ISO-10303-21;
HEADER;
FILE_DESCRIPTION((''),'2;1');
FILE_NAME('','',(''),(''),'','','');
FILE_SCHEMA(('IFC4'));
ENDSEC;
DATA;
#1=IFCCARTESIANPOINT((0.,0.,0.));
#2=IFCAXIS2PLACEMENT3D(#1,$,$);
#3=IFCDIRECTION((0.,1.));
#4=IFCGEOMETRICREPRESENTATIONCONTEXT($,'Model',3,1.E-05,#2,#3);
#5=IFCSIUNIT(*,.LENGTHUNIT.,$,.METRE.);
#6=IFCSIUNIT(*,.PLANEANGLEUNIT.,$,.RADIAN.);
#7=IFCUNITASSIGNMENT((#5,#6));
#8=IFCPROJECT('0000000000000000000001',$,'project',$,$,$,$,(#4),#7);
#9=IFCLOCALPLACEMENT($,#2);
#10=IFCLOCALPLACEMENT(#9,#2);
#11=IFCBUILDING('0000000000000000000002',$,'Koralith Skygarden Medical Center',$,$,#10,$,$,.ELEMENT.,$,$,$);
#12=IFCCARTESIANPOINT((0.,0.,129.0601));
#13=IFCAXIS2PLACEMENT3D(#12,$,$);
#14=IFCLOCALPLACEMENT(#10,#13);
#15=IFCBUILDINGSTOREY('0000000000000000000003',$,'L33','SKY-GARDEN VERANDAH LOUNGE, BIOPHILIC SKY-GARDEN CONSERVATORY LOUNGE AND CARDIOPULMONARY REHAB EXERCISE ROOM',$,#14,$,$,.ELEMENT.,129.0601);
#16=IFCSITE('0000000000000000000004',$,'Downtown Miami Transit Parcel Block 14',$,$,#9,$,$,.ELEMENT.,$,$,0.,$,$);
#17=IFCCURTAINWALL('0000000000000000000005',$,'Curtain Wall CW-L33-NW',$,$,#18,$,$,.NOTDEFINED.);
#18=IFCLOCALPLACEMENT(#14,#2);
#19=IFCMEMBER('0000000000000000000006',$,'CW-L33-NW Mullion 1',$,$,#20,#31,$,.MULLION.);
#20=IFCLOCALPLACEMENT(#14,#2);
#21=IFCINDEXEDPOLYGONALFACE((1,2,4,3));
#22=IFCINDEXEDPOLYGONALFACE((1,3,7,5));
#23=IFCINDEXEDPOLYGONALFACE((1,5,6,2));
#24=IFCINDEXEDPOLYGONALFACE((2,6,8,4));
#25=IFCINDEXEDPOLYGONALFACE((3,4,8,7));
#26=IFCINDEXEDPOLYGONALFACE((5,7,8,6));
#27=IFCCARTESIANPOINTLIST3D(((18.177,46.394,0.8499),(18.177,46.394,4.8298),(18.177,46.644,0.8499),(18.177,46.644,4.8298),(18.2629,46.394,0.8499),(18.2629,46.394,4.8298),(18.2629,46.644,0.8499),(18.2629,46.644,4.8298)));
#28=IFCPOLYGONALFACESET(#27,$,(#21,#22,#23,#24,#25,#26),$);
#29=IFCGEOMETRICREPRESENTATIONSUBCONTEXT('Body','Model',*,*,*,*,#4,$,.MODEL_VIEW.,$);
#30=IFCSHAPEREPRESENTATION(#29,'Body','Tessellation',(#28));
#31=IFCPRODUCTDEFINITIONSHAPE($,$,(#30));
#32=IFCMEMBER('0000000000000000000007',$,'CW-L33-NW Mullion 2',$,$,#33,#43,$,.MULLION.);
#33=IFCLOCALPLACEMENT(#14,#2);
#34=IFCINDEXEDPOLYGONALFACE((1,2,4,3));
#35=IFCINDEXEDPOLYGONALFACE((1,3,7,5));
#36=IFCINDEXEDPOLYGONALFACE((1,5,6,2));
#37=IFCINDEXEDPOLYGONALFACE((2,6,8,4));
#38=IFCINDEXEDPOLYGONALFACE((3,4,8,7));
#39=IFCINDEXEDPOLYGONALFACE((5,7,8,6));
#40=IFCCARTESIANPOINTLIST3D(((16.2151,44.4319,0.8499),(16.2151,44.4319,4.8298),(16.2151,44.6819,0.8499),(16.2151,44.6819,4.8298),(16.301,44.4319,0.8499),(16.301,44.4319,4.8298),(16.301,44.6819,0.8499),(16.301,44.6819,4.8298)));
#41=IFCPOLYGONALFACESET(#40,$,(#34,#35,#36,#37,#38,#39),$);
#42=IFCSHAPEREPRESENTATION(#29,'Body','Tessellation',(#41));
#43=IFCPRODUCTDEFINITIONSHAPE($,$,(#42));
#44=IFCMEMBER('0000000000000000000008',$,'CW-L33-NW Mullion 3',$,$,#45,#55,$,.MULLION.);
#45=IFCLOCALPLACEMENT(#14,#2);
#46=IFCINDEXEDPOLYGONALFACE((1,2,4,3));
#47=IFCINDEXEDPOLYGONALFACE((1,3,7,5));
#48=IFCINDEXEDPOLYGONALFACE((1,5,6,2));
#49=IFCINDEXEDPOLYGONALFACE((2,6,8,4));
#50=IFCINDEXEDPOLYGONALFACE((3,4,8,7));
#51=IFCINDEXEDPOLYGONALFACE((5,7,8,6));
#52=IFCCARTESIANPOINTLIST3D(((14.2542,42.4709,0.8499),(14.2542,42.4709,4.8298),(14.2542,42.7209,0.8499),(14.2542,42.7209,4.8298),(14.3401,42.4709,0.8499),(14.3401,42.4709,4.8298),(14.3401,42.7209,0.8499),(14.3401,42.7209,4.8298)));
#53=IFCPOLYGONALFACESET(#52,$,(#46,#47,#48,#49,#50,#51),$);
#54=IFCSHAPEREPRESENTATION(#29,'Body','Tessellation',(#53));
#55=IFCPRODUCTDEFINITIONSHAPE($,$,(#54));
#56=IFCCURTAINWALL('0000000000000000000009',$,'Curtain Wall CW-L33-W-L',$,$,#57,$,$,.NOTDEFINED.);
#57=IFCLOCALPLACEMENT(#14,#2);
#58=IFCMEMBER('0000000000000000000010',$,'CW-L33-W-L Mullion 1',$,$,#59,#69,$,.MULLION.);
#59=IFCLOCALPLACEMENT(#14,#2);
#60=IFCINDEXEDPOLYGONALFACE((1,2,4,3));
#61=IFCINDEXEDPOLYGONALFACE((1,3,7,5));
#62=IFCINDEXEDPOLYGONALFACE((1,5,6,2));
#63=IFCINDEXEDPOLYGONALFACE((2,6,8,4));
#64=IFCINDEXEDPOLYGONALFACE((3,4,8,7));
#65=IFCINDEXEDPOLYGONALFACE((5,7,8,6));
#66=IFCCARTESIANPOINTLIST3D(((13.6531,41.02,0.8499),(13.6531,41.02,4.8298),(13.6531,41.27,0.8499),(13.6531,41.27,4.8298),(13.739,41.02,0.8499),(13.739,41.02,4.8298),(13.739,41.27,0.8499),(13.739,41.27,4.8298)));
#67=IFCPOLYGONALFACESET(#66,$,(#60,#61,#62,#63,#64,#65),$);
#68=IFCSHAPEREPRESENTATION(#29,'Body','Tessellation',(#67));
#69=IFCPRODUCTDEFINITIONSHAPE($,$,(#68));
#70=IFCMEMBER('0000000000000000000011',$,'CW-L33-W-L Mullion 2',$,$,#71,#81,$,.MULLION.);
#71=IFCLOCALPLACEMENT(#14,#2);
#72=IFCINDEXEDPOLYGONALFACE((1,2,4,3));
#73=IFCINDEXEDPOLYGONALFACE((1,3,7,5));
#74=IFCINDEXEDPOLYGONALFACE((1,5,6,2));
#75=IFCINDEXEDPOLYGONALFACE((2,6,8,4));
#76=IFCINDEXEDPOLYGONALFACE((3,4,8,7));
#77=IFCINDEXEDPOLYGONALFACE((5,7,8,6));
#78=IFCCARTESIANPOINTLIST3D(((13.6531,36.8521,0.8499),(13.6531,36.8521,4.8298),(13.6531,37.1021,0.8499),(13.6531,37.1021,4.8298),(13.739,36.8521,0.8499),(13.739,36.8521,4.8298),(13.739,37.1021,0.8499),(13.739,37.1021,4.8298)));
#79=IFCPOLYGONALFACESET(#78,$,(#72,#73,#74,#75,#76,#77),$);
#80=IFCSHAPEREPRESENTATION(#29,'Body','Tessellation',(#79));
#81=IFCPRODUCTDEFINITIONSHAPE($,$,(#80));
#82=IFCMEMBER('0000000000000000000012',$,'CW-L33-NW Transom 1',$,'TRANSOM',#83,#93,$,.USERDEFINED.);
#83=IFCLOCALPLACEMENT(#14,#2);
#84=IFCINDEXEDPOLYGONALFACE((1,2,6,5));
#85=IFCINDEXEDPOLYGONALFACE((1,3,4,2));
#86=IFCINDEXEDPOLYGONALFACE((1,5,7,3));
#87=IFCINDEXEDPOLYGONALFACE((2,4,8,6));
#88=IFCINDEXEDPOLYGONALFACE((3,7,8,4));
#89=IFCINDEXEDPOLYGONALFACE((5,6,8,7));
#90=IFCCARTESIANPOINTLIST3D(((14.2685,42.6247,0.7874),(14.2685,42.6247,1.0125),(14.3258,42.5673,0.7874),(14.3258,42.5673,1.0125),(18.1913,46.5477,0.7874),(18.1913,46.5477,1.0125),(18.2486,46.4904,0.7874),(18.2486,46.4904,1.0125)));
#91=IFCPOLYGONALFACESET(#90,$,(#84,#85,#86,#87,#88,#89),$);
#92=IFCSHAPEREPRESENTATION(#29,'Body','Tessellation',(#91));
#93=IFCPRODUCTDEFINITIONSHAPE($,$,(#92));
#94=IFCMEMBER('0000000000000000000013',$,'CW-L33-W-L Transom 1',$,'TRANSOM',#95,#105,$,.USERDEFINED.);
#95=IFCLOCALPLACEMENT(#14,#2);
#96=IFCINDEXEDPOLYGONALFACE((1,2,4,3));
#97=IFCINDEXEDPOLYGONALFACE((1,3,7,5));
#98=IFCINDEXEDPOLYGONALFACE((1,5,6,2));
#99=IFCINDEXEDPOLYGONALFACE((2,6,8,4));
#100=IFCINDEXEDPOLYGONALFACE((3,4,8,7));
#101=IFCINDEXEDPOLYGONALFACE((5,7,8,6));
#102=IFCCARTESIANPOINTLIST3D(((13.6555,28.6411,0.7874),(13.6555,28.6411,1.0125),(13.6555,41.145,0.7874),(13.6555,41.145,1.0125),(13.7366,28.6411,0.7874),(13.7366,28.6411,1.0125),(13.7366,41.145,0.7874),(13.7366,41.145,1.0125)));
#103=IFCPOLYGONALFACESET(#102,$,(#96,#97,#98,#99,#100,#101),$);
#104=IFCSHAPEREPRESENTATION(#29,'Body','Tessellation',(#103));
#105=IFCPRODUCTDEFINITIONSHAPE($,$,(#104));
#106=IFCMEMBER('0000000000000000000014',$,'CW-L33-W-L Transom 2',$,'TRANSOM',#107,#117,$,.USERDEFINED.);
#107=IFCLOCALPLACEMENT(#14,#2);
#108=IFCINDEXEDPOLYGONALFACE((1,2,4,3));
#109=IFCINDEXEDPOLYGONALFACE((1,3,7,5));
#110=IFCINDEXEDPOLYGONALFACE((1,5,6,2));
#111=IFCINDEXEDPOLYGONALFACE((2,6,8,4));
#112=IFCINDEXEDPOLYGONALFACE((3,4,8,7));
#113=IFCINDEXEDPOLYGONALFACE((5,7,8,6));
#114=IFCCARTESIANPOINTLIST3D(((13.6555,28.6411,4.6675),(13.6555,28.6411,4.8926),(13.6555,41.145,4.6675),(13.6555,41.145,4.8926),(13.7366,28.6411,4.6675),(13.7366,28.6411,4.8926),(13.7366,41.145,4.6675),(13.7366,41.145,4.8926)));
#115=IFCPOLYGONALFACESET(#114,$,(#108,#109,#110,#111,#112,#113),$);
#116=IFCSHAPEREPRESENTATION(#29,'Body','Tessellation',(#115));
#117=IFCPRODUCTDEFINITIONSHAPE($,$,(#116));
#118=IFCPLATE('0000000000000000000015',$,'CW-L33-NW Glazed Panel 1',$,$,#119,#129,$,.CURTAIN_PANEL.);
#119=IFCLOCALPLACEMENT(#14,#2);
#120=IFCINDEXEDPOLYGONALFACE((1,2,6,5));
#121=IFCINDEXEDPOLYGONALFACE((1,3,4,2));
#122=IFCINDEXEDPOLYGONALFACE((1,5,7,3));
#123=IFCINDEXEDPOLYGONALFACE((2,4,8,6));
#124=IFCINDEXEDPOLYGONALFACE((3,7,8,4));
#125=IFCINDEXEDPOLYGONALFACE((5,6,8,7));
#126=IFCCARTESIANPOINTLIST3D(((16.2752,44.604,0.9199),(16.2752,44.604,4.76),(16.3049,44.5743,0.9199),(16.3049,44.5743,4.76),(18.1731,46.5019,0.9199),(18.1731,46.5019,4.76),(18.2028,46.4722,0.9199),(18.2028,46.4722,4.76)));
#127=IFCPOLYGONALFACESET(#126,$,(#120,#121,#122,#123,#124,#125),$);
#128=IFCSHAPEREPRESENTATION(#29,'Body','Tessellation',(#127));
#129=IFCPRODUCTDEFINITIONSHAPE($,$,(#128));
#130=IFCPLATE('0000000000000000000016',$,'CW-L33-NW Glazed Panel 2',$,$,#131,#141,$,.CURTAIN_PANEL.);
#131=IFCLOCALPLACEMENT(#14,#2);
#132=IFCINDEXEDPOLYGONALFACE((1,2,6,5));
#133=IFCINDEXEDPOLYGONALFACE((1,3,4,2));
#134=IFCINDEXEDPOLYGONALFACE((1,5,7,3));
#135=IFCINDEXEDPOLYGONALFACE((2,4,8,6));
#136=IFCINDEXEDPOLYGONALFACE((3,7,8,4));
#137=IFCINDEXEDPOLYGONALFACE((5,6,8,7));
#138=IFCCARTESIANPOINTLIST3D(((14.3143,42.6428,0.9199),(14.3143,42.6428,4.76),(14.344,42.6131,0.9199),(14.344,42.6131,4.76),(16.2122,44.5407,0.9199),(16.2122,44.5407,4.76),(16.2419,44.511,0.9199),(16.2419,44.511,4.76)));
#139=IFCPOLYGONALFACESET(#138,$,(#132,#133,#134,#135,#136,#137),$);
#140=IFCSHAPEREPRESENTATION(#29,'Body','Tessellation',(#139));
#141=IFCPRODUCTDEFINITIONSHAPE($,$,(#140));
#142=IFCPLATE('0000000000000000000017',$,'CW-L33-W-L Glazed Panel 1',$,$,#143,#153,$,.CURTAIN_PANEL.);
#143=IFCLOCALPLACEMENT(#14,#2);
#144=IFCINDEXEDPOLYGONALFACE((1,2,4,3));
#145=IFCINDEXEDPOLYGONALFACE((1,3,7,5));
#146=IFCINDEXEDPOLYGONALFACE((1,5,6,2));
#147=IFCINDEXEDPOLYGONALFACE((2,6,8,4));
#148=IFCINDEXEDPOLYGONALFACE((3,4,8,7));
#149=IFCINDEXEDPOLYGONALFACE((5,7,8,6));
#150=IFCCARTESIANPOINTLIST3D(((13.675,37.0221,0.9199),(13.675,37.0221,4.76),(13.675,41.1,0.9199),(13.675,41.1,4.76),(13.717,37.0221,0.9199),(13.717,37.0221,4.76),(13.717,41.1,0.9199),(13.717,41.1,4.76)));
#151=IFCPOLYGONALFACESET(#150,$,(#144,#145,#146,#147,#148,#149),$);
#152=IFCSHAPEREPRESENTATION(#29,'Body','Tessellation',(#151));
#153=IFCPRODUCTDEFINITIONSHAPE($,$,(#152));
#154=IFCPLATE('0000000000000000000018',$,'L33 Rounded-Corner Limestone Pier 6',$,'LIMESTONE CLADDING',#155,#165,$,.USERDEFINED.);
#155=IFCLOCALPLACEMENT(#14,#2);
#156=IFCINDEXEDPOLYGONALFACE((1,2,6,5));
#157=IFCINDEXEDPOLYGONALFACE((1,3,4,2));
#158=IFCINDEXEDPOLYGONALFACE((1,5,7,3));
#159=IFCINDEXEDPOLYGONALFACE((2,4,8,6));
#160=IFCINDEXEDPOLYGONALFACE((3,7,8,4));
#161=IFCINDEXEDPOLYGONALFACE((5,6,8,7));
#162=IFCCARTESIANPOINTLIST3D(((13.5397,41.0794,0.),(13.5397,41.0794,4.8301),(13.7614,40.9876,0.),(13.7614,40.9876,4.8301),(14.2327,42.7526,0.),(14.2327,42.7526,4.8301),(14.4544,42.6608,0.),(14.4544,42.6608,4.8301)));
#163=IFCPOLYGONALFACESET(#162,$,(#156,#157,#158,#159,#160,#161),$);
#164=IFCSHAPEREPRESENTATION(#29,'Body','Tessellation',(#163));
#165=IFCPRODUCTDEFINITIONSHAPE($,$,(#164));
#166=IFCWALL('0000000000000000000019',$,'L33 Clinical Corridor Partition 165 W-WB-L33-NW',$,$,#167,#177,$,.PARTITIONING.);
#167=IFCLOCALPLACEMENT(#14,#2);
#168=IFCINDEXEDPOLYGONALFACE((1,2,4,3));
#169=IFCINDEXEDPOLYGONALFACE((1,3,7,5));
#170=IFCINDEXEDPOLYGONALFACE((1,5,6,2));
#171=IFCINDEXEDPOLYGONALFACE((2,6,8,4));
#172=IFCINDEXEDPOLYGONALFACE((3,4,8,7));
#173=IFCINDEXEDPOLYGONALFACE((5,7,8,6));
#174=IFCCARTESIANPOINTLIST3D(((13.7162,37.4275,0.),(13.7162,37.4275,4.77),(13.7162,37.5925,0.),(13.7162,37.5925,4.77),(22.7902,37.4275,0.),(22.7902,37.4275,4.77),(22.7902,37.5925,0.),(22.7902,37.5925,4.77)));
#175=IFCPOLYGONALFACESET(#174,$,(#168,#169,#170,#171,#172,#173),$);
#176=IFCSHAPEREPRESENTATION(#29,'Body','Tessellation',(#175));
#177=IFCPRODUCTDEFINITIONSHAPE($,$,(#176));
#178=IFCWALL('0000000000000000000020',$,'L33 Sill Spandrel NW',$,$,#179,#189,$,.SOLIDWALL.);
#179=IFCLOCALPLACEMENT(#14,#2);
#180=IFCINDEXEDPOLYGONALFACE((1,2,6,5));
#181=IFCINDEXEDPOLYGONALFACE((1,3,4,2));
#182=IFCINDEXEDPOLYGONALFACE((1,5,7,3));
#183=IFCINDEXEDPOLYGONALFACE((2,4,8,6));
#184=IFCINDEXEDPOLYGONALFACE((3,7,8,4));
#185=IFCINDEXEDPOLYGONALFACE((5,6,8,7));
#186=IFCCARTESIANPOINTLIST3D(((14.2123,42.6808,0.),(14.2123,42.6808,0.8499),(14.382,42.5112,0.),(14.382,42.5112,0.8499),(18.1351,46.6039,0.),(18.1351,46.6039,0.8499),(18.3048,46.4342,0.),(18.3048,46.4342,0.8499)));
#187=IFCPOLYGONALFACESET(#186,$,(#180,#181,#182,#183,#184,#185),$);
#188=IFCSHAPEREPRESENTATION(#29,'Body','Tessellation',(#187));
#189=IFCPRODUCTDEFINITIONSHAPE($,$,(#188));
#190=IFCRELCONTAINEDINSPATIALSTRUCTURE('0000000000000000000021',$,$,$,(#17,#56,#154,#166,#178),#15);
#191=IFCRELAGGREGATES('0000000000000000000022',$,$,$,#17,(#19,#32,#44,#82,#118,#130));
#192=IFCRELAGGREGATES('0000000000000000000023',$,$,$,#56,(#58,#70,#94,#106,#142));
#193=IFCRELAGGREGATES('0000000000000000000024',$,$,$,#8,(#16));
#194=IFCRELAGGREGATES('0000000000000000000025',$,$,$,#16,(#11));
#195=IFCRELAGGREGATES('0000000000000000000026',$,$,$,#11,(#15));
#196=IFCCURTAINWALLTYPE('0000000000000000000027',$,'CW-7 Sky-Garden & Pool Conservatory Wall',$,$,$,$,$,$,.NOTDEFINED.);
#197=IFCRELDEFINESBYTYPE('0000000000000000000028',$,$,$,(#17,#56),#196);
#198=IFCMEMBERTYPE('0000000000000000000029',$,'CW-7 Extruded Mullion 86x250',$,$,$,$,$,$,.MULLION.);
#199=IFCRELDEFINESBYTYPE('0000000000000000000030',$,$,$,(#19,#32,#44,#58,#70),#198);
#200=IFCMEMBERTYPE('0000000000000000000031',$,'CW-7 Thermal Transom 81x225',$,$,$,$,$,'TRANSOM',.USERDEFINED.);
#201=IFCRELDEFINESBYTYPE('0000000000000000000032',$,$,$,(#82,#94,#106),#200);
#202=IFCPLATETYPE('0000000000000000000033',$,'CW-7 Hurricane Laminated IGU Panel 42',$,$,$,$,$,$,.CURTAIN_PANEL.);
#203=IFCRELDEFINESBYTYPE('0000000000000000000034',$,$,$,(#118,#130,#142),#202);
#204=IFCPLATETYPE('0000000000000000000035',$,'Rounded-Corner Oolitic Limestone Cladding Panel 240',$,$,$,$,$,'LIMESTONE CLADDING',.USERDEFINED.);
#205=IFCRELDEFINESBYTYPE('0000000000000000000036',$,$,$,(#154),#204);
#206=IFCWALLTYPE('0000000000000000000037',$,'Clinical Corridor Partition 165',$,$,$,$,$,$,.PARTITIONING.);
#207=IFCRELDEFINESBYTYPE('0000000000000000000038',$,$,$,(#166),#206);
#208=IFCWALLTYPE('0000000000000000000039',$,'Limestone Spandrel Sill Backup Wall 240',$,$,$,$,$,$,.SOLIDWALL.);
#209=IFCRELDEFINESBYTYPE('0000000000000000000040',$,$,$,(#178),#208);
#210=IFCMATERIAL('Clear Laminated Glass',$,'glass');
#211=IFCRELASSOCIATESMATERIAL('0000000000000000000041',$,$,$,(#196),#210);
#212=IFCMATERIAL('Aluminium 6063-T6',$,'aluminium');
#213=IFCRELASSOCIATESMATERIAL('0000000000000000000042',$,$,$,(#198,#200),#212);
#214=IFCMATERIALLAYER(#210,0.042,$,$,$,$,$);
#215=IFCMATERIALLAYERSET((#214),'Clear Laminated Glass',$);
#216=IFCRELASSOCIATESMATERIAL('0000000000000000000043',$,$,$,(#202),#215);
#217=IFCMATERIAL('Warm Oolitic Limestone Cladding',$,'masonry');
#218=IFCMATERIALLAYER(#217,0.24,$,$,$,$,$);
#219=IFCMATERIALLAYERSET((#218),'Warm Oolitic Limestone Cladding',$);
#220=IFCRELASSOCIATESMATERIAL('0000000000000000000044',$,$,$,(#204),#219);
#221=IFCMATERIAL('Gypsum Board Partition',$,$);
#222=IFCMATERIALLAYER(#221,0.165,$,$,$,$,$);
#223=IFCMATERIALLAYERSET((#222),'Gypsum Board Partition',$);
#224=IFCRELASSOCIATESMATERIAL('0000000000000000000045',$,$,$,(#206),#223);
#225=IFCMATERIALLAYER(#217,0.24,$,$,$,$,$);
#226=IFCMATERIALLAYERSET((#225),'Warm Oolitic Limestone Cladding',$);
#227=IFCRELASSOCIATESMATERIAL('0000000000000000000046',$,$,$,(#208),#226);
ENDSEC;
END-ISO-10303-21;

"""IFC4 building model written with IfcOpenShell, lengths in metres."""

from ifc_helpers import new_model, si_unit, direction, frame, frame_2d, origin, origin_2d, place, context, subcontext, project, spatial, rectangle, extrude, material, layer, layer_set, material_profile, profile_set, type_object, element, aggregate, save


model = new_model("IFC4")

# Units and contexts
model_context = context("Model", 3, precision=1e-05, world=origin(), true_north=direction((0.0, 1.0)))
body_context = subcontext(model_context, "Body", "Model", "MODEL_VIEW")
ifc_project = project(units=[si_unit("LENGTHUNIT", "METRE"), si_unit("PLANEANGLEUNIT", "RADIAN")], contexts=[model_context])

# Site, building, storey
site_placement = place(None, origin())
site = spatial("IfcSite", under=ifc_project, at=site_placement, Name="Downtown Miami Transit Parcel Block 14", CompositionType="ELEMENT", RefElevation=0.0)
building_placement = place(site_placement, origin())
building = spatial("IfcBuilding", under=site, at=building_placement, Name="Koralith Skygarden Medical Center", CompositionType="ELEMENT")
storey_placement = place(building_placement, frame((0.0, 0.0, 129.0601)))
storey = spatial("IfcBuildingStorey", under=building, at=storey_placement, Name="L33", Description="SKY-GARDEN VERANDAH LOUNGE, BIOPHILIC SKY-GARDEN CONSERVATORY LOUNGE AND CARDIOPULMONARY REHAB EXERCISE ROOM", CompositionType="ELEMENT", Elevation=129.0601)

# Curtain walls, members
ifc_material_1 = material(Name="Clear Laminated Glass", Category="glass")
curtain_wall_type = type_object("IfcCurtainWallType", Name="CW-7 Sky-Garden & Pool Conservatory Wall", PredefinedType="NOTDEFINED", material=ifc_material_1)
curtain_wall_1_placement = place(storey_placement, origin())
curtain_wall_1 = element("IfcCurtainWall", 1, at=curtain_wall_1_placement, inside=storey, type_object=curtain_wall_type, Name="Curtain Wall CW-L33-NW", PredefinedType="NOTDEFINED")
ifc_material_2 = material(Name="Aluminium 6063-T6", Category="aluminium")
ifc_material_profile_1 = material_profile(ifc_material_2, rectangle(XDim=0.0859, YDim=0.25, at=origin_2d()), Name="MUL86X250")
ifc_profile_set_1 = profile_set([ifc_material_profile_1], Name="Aluminium 6063-T6")
member_type_1 = type_object("IfcMemberType", Name="CW-7 Extruded Mullion 86x250", PredefinedType="MULLION", material=ifc_profile_set_1)
member_1_placement = place(storey_placement, frame((18.22, 46.519, 0.8499), z_axis=(0.0, 0.0, 1.0), x_axis=(1.0, 0.0, 0.0)))
member_1 = element("IfcMember", 2, at=member_1_placement, type_object=member_type_1, Name="CW-L33-NW Mullion 1", PredefinedType="MULLION", context=body_context, shape_type="SweptSolid", body=[
    extrude(rectangle(XDim=0.0859, YDim=0.25, at=origin_2d()), origin(), (0.0, 0.0, 1.0), 3.98),
])
member_2_placement = place(storey_placement, frame((16.2581, 44.5569, 0.8499), z_axis=(0.0, 0.0, 1.0), x_axis=(1.0, 0.0, 0.0)))
member_2 = element("IfcMember", 3, at=member_2_placement, type_object=member_type_1, Name="CW-L33-NW Mullion 2", PredefinedType="MULLION", context=body_context, shape_type="SweptSolid", body=[
    extrude(rectangle(XDim=0.0859, YDim=0.25, at=origin_2d()), origin(), (0.0, 0.0, 1.0), 3.98),
])
member_3_placement = place(storey_placement, frame((14.2971, 42.5959, 0.8499), z_axis=(0.0, 0.0, 1.0), x_axis=(1.0, 0.0, 0.0)))
member_3 = element("IfcMember", 4, at=member_3_placement, type_object=member_type_1, Name="CW-L33-NW Mullion 3", PredefinedType="MULLION", context=body_context, shape_type="SweptSolid", body=[
    extrude(rectangle(XDim=0.0859, YDim=0.25, at=origin_2d()), origin(), (0.0, 0.0, 1.0), 3.98),
])
curtain_wall_2_placement = place(storey_placement, origin())
curtain_wall_2 = element("IfcCurtainWall", 5, at=curtain_wall_2_placement, inside=storey, type_object=curtain_wall_type, Name="Curtain Wall CW-L33-W-L", PredefinedType="NOTDEFINED")
member_4_placement = place(storey_placement, frame((13.696, 41.145, 0.8499), z_axis=(0.0, 0.0, 1.0), x_axis=(1.0, 0.0, 0.0)))
member_4 = element("IfcMember", 6, at=member_4_placement, type_object=member_type_1, Name="CW-L33-W-L Mullion 1", PredefinedType="MULLION", context=body_context, shape_type="SweptSolid", body=[
    extrude(rectangle(XDim=0.0859, YDim=0.25, at=origin_2d()), origin(), (0.0, 0.0, 1.0), 3.98),
])
member_5_placement = place(storey_placement, frame((13.696, 36.9771, 0.8499), z_axis=(0.0, 0.0, 1.0), x_axis=(1.0, 0.0, 0.0)))
member_5 = element("IfcMember", 7, at=member_5_placement, type_object=member_type_1, Name="CW-L33-W-L Mullion 2", PredefinedType="MULLION", context=body_context, shape_type="SweptSolid", body=[
    extrude(rectangle(XDim=0.0859, YDim=0.25, at=origin_2d()), origin(), (0.0, 0.0, 1.0), 3.98),
])

# Members
ifc_material_profile_2 = material_profile(ifc_material_2, rectangle(XDim=0.0811, YDim=0.2251, at=origin_2d()), Name="TRN81X225")
ifc_profile_set_2 = profile_set([ifc_material_profile_2], Name="Aluminium 6063-T6")
member_type_2 = type_object("IfcMemberType", Name="CW-7 Thermal Transom 81x225", ElementType="TRANSOM", PredefinedType="USERDEFINED", material=ifc_profile_set_2)
member_6_placement = place(storey_placement, frame((18.22, 46.519, 0.8999), z_axis=(-0.707085, -0.707129, 0.0), x_axis=(0.707129, -0.707085, 0.0)))
member_6 = element("IfcMember", 8, at=member_6_placement, type_object=member_type_2, Name="CW-L33-NW Transom 1", ObjectType="TRANSOM", PredefinedType="USERDEFINED", context=body_context, shape_type="SweptSolid", body=[
    extrude(rectangle(XDim=0.0811, YDim=0.2251, at=origin_2d()), origin(), (0.0, 0.0, 1.0), 5.5479),
])
member_7_placement = place(storey_placement, frame((13.696, 41.145, 0.8999), z_axis=(0.0, -1.0, 0.0), x_axis=(1.0, 0.0, 0.0)))
member_7 = element("IfcMember", 9, at=member_7_placement, type_object=member_type_2, Name="CW-L33-W-L Transom 1", ObjectType="TRANSOM", PredefinedType="USERDEFINED", context=body_context, shape_type="SweptSolid", body=[
    extrude(rectangle(XDim=0.0811, YDim=0.2251, at=origin_2d()), origin(), (0.0, 0.0, 1.0), 12.5039),
])
member_8_placement = place(storey_placement, frame((13.696, 41.145, 4.78), z_axis=(0.0, -1.0, 0.0), x_axis=(1.0, 0.0, 0.0)))
member_8 = element("IfcMember", 10, at=member_8_placement, type_object=member_type_2, Name="CW-L33-W-L Transom 2", ObjectType="TRANSOM", PredefinedType="USERDEFINED", context=body_context, shape_type="SweptSolid", body=[
    extrude(rectangle(XDim=0.0811, YDim=0.2251, at=origin_2d()), origin(), (0.0, 0.0, 1.0), 12.5039),
])

# Plates
ifc_layer_1 = layer(ifc_material_1, 0.042)
ifc_layer_set_1 = layer_set([ifc_layer_1], Name="Clear Laminated Glass")
plate_type_1 = type_object("IfcPlateType", Name="CW-7 Hurricane Laminated IGU Panel 42", PredefinedType="CURTAIN_PANEL", material=ifc_layer_set_1)
plate_1_placement = place(storey_placement, frame((17.239, 45.5381, 0.9199), z_axis=(0.0, 0.0, 1.0), x_axis=(-0.707107, -0.707107, 0.0)))
plate_1 = element("IfcPlate", 11, at=plate_1_placement, type_object=plate_type_1, Name="CW-L33-NW Glazed Panel 1", PredefinedType="CURTAIN_PANEL", context=body_context, shape_type="SweptSolid", body=[
    extrude(rectangle(XDim=2.6841, YDim=0.042, at=origin_2d()), origin(), (0.0, 0.0, 1.0), 3.8401),
])
plate_2_placement = place(storey_placement, frame((15.2781, 43.5769, 0.9199), z_axis=(0.0, 0.0, 1.0), x_axis=(-0.707107, -0.707107, 0.0)))
plate_2 = element("IfcPlate", 12, at=plate_2_placement, type_object=plate_type_1, Name="CW-L33-NW Glazed Panel 2", PredefinedType="CURTAIN_PANEL", context=body_context, shape_type="SweptSolid", body=[
    extrude(rectangle(XDim=2.6841, YDim=0.042, at=origin_2d()), origin(), (0.0, 0.0, 1.0), 3.8401),
])
aggregate(curtain_wall_1, [member_1, member_2, member_3, member_6, plate_1, plate_2])
plate_3_placement = place(storey_placement, frame((13.696, 39.061, 0.9199), z_axis=(0.0, 0.0, 1.0), x_axis=(0.0, -1.0, 0.0)))
plate_3 = element("IfcPlate", 13, at=plate_3_placement, type_object=plate_type_1, Name="CW-L33-W-L Glazed Panel 1", PredefinedType="CURTAIN_PANEL", context=body_context, shape_type="SweptSolid", body=[
    extrude(rectangle(XDim=4.0779, YDim=0.042, at=origin_2d()), origin(), (0.0, 0.0, 1.0), 3.8401),
])
aggregate(curtain_wall_2, [member_4, member_5, member_7, member_8, plate_3])
ifc_material_3 = material(Name="Warm Oolitic Limestone Cladding", Category="masonry")
ifc_layer_2 = layer(ifc_material_3, 0.24)
ifc_layer_set_2 = layer_set([ifc_layer_2], Name="Warm Oolitic Limestone Cladding")
plate_type_2 = type_object("IfcPlateType", Name="Rounded-Corner Oolitic Limestone Cladding Panel 240", ElementType="LIMESTONE CLADDING", PredefinedType="USERDEFINED", material=ifc_layer_set_2)
plate_4_placement = place(storey_placement, frame((13.9971, 41.8701, 0.0), z_axis=(0.0, 0.0, 1.0), x_axis=(-0.382671, -0.923885, 0.0)))
element("IfcPlate", 14, at=plate_4_placement, inside=storey, type_object=plate_type_2, Name="L33 Rounded-Corner Limestone Pier 6", ObjectType="LIMESTONE CLADDING", PredefinedType="USERDEFINED", context=body_context, shape_type="SweptSolid", body=[
    extrude(rectangle(XDim=1.811, YDim=0.24, at=origin_2d()), origin(), (0.0, 0.0, 1.0), 4.8301),
])

# Walls
ifc_material_4 = material(Name="Gypsum Board Partition")
ifc_layer_3 = layer(ifc_material_4, 0.165)
ifc_layer_set_3 = layer_set([ifc_layer_3], Name="Gypsum Board Partition")
wall_type_1 = type_object("IfcWallType", Name="Clinical Corridor Partition 165", PredefinedType="PARTITIONING", material=ifc_layer_set_3)
wall_1_placement = place(storey_placement, frame((13.7161, 37.51, 0.0), z_axis=(0.0, 0.0, 1.0), x_axis=(1.0, 0.0, 0.0)))
element("IfcWall", 15, at=wall_1_placement, inside=storey, type_object=wall_type_1, Name="L33 Clinical Corridor Partition 165 W-WB-L33-NW", PredefinedType="PARTITIONING", context=body_context, shape_type="SweptSolid", body=[
    extrude(rectangle(XDim=9.074, YDim=0.165, at=frame_2d((4.5371, 0.0))), origin(), (0.0, 0.0, 1.0), 4.77),
])
ifc_layer_4 = layer(ifc_material_3, 0.24)
ifc_layer_set_4 = layer_set([ifc_layer_4], Name="Warm Oolitic Limestone Cladding")
wall_type_2 = type_object("IfcWallType", Name="Limestone Spandrel Sill Backup Wall 240", PredefinedType="SOLIDWALL", material=ifc_layer_set_4)
wall_2_placement = place(storey_placement, frame((18.22, 46.519, 0.0), z_axis=(0.0, 0.0, 1.0), x_axis=(-0.707085, -0.707129, 0.0)))
element("IfcWall", 16, at=wall_2_placement, inside=storey, type_object=wall_type_2, Name="L33 Sill Spandrel NW", PredefinedType="SOLIDWALL", context=body_context, shape_type="SweptSolid", body=[
    extrude(rectangle(XDim=5.5479, YDim=0.24, at=frame_2d((2.7739, 0.0))), origin(), (0.0, 0.0, 1.0), 0.8499),
])

save(model, "model.ifc")
